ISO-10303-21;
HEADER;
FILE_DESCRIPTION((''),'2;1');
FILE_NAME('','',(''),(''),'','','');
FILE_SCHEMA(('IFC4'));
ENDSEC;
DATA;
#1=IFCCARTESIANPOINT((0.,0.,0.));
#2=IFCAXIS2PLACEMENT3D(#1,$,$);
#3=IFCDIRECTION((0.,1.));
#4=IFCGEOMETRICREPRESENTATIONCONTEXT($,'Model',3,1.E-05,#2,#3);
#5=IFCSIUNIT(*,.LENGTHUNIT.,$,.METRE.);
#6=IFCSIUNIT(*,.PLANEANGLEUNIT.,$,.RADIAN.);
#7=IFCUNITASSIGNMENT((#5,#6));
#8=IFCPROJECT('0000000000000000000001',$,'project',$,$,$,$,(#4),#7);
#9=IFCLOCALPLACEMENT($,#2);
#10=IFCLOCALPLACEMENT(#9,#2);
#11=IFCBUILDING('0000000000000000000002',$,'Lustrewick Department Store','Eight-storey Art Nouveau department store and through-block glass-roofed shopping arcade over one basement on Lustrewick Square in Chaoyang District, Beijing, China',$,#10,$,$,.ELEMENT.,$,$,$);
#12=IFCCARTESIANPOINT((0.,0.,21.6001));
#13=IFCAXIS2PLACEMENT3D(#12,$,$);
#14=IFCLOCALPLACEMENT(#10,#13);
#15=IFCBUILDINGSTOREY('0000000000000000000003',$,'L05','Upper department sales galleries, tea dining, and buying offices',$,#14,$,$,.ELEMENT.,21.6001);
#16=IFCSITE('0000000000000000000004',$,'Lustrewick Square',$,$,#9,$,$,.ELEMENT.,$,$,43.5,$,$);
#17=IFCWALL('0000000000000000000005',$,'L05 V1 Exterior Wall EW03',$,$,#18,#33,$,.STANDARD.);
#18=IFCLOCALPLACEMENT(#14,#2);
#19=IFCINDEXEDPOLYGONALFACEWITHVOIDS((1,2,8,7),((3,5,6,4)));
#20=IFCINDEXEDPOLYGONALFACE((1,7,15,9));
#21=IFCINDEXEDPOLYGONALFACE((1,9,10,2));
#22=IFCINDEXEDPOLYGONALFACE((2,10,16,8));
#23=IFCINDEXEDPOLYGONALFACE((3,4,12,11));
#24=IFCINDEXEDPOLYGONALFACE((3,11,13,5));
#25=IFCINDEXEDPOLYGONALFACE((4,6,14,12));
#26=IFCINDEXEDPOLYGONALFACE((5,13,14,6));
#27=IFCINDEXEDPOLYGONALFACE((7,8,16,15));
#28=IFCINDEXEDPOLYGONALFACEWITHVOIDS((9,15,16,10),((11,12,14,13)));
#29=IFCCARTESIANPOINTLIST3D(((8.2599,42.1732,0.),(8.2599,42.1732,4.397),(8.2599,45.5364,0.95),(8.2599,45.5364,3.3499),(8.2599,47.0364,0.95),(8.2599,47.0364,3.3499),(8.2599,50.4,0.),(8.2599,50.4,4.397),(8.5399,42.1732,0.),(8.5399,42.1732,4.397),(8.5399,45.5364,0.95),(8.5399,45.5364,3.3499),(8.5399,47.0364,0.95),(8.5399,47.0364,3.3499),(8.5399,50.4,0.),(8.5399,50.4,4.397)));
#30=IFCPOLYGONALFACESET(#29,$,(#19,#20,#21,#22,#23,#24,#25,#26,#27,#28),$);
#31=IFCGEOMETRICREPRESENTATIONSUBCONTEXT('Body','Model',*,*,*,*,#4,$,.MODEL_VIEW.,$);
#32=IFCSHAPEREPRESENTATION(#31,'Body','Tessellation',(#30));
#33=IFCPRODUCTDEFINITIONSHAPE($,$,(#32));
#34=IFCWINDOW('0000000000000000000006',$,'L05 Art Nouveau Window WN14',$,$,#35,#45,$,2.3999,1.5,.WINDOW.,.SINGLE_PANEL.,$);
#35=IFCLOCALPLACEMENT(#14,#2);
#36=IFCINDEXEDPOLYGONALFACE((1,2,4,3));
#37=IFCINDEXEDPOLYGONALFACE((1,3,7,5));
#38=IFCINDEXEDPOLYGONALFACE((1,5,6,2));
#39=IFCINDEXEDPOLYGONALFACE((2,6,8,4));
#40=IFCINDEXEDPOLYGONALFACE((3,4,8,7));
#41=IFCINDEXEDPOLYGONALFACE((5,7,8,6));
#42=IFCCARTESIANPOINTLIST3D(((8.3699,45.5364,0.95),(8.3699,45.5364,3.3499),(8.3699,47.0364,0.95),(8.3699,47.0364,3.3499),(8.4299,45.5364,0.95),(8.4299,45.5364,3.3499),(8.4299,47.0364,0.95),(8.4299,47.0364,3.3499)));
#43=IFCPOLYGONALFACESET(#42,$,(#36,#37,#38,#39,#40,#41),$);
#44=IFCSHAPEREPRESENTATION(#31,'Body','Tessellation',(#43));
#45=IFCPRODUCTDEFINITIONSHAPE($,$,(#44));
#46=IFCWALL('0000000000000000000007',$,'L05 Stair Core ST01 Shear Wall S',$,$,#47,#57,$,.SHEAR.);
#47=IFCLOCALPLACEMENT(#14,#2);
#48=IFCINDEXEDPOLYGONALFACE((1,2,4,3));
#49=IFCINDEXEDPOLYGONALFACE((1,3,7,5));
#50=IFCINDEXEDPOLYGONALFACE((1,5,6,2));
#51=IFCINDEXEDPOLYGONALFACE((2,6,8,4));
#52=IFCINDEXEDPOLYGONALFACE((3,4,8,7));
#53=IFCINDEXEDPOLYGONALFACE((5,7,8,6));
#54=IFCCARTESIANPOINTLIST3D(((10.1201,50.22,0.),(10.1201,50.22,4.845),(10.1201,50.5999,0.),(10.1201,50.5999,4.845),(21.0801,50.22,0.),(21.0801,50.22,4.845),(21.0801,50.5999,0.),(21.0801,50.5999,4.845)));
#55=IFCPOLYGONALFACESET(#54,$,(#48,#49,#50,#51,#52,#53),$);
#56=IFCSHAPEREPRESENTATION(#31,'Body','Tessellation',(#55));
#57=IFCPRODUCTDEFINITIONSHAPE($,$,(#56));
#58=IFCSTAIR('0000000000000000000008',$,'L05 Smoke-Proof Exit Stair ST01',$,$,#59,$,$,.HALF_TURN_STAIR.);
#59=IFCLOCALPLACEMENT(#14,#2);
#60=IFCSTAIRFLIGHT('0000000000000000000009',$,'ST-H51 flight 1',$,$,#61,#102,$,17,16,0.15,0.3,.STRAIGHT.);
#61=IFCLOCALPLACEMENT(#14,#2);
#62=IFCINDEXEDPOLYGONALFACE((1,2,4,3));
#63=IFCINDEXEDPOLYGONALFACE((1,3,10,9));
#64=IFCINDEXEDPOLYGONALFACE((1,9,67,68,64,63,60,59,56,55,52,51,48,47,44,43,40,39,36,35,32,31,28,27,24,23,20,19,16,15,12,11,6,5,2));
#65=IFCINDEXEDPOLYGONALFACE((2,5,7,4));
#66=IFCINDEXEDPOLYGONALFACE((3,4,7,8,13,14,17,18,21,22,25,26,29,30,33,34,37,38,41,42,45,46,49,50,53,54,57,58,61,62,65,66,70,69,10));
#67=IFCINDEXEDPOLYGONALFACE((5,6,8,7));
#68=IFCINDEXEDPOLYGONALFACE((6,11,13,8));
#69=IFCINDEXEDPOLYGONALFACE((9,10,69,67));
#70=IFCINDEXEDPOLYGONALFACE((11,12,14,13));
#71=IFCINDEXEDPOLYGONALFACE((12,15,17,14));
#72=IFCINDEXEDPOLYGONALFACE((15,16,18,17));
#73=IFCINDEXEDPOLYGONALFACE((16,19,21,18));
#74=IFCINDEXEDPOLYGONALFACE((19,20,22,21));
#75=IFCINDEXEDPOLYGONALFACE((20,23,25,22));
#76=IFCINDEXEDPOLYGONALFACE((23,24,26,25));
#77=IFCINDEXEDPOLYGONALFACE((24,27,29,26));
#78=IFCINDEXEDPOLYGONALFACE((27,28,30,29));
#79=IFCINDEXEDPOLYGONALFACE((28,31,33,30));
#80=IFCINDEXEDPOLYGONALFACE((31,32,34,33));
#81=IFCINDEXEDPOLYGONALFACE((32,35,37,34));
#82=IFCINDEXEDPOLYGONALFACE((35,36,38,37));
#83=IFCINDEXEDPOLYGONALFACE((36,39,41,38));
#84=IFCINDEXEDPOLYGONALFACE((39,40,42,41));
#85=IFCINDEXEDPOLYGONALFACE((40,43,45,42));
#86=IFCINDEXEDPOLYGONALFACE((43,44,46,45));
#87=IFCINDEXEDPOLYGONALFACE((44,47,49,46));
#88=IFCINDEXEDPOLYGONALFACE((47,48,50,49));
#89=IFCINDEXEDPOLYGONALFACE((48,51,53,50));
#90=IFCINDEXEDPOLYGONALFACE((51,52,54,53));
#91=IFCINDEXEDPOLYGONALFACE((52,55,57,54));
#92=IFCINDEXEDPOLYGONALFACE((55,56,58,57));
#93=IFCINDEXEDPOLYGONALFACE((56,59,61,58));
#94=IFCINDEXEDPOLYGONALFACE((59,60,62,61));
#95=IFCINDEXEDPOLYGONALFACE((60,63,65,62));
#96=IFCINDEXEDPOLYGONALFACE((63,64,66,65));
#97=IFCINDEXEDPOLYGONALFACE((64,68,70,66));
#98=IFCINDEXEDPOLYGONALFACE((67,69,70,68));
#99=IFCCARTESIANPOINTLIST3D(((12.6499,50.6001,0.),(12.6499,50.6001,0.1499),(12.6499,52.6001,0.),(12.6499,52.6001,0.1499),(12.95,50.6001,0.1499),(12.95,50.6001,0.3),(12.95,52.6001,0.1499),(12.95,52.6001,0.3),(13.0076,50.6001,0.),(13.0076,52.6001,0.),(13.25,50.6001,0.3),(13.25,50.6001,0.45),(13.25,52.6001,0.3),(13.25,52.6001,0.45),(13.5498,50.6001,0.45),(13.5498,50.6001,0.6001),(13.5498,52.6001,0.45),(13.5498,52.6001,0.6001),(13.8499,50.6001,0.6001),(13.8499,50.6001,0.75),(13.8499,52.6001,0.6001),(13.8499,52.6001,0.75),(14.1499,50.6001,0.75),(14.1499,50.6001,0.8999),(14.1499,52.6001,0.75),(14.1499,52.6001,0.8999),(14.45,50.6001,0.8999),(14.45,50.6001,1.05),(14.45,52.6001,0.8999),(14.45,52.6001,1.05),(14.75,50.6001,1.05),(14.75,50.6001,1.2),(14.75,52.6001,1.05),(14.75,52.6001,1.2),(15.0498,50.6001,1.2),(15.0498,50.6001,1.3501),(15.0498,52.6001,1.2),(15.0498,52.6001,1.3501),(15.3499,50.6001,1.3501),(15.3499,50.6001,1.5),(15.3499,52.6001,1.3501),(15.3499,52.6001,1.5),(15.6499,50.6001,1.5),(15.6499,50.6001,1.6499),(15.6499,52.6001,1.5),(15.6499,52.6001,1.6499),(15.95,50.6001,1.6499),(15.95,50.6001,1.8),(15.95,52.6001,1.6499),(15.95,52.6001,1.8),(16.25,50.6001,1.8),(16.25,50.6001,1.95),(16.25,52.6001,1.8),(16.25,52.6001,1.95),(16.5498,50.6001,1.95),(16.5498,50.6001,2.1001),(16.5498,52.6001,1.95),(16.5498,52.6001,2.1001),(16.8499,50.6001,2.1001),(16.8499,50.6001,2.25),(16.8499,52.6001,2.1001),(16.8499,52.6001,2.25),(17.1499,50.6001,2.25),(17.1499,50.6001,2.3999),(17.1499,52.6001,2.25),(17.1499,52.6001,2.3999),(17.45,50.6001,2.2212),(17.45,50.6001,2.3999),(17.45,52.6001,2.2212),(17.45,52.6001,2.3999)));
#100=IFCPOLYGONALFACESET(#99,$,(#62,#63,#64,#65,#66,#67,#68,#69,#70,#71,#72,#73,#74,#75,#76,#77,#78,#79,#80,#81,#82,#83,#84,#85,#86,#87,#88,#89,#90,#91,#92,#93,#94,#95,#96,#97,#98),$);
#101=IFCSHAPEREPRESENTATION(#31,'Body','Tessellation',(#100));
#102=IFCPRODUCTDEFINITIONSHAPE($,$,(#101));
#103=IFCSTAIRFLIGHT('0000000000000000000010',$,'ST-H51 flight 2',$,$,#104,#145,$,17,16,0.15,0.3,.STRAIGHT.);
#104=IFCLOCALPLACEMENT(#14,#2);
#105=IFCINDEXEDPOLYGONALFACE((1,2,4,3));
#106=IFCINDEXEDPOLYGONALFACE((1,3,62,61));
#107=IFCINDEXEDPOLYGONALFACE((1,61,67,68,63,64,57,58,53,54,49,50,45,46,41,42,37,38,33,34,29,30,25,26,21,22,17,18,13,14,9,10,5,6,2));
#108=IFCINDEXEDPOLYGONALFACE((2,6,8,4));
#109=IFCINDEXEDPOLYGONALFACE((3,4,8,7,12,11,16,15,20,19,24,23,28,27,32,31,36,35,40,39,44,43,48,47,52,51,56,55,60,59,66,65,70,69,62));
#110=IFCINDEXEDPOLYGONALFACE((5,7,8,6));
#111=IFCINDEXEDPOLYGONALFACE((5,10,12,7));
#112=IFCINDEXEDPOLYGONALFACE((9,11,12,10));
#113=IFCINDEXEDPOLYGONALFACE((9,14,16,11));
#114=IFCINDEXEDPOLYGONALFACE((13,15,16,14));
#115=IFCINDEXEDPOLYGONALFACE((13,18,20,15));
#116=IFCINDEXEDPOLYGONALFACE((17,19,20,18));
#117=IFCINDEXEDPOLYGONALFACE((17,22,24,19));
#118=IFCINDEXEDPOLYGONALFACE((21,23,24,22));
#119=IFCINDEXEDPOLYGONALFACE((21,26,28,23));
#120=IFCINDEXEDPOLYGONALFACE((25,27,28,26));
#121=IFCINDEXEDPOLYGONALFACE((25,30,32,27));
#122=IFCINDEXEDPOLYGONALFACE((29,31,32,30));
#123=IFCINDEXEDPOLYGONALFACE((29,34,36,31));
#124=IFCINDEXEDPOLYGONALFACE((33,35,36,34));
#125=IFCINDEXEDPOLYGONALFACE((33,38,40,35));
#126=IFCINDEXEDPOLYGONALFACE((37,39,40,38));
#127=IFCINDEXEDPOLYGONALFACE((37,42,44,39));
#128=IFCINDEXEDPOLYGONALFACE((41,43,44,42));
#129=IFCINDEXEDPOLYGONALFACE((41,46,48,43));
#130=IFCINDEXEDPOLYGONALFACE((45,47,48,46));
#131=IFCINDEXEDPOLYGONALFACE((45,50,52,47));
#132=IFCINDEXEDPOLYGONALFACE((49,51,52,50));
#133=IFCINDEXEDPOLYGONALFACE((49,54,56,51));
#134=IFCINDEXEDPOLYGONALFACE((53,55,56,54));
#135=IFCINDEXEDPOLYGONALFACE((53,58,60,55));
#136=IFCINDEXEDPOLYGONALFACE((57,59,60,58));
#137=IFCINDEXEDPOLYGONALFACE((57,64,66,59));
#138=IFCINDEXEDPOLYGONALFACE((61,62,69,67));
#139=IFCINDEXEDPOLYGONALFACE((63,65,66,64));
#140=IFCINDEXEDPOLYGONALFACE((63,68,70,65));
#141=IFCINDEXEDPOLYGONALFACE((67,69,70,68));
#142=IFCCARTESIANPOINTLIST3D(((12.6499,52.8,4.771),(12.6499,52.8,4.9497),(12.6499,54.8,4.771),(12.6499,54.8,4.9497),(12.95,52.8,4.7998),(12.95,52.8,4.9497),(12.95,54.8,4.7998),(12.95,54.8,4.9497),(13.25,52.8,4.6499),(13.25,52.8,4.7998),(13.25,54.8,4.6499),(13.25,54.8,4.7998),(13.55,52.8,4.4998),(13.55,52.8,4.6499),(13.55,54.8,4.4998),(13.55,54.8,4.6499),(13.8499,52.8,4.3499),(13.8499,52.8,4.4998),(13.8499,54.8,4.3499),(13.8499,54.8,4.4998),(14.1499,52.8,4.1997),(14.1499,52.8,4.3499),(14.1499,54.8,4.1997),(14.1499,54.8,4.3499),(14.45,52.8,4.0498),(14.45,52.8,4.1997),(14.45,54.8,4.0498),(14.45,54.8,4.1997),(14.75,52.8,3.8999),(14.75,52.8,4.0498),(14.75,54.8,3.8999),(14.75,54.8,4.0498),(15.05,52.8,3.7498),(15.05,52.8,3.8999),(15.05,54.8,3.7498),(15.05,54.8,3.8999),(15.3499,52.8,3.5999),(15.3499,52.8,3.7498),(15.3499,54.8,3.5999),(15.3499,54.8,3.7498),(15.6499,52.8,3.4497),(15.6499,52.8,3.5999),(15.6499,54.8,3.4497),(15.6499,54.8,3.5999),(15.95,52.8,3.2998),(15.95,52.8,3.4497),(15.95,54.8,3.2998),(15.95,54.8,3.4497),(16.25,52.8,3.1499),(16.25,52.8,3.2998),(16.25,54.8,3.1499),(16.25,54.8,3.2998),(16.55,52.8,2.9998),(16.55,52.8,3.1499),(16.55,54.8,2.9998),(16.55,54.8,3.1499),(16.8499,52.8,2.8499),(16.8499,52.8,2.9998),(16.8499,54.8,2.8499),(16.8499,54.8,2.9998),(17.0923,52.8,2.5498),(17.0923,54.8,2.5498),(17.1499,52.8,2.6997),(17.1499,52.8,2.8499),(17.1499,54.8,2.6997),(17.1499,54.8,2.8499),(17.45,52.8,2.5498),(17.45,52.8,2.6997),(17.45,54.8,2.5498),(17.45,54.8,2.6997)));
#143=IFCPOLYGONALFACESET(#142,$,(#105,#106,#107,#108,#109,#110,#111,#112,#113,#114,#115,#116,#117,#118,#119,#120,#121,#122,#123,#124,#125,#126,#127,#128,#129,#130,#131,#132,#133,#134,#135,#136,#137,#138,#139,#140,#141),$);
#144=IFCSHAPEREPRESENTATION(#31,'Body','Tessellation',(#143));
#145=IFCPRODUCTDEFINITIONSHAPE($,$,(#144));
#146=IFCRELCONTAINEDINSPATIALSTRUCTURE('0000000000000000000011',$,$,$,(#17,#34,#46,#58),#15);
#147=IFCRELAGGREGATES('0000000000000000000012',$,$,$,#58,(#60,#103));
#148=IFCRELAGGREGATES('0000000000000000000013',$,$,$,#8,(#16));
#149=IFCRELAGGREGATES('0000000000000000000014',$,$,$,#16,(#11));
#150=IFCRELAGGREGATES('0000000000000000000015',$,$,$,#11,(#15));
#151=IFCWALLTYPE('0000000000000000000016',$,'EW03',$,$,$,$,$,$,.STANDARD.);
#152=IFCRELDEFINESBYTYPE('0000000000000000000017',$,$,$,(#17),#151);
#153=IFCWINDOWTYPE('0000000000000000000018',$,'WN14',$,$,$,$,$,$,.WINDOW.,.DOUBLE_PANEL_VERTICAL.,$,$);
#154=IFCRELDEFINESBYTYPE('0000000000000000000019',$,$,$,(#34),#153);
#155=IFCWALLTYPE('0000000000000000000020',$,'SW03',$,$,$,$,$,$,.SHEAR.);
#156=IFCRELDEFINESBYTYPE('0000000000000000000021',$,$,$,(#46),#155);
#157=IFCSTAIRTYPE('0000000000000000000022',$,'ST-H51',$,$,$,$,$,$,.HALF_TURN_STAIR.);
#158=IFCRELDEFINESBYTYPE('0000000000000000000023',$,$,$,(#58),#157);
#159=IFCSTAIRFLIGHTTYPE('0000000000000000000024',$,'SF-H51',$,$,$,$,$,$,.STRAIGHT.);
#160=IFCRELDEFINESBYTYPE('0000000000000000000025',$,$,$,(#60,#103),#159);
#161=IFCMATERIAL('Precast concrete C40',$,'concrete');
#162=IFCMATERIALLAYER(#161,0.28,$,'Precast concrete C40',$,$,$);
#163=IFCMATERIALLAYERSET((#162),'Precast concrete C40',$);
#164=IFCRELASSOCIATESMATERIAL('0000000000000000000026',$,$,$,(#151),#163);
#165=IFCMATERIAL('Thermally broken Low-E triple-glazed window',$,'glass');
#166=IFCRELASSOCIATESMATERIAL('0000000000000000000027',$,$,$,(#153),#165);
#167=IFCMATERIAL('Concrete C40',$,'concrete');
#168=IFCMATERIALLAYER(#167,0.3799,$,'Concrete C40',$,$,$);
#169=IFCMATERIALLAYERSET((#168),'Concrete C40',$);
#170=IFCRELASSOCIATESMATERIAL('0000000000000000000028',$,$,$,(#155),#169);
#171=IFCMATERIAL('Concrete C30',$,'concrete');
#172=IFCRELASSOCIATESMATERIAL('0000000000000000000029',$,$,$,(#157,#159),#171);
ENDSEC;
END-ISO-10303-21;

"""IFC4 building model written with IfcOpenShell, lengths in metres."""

from ifc_helpers import new_model, si_unit, direction, frame, frame_2d, origin, place, context, subcontext, project, spatial, polyline, rectangle, outline, extrude, material, layer, layer_set, type_object, element, fill, aggregate, save


model = new_model("IFC4")

# Units and contexts
model_context = context("Model", 3, precision=1e-05, world=origin(), true_north=direction((0.0, 1.0)))
body_context = subcontext(model_context, "Body", "Model", "MODEL_VIEW")
ifc_project = project(units=[si_unit("LENGTHUNIT", "METRE"), si_unit("PLANEANGLEUNIT", "RADIAN")], contexts=[model_context])

# Site, building, storey
site_placement = place(None, origin())
site = spatial("IfcSite", under=ifc_project, at=site_placement, Name="Lustrewick Square", CompositionType="ELEMENT", RefElevation=43.5)
building_placement = place(site_placement, origin())
building = spatial("IfcBuilding", under=site, at=building_placement, Name="Lustrewick Department Store", Description="Eight-storey Art Nouveau department store and through-block glass-roofed shopping arcade over one basement on Lustrewick Square in Chaoyang District, Beijing, China", CompositionType="ELEMENT")
storey_placement = place(building_placement, frame((0.0, 0.0, 21.6001)))
storey = spatial("IfcBuildingStorey", under=building, at=storey_placement, Name="L05", Description="Upper department sales galleries, tea dining, and buying offices", CompositionType="ELEMENT", Elevation=21.6001)

# Wall, opening, window
ifc_material_1 = material(Name="Precast concrete C40", Category="concrete")
ifc_layer_1 = layer(ifc_material_1, 0.28, Name="Precast concrete C40")
ifc_layer_set_1 = layer_set([ifc_layer_1], Name="Precast concrete C40")
wall_type_1 = type_object("IfcWallType", Name="EW03", PredefinedType="STANDARD", material=ifc_layer_set_1)
wall_1_placement = place(storey_placement, frame((8.3999, 50.3999, 0.0), z_axis=(0.0, 0.0, 1.0), x_axis=(0.0, -1.0, 0.0)))
wall_1 = element("IfcWall", 1, at=wall_1_placement, inside=storey, type_object=wall_type_1, Name="L05 V1 Exterior Wall EW03", PredefinedType="STANDARD", context=body_context, shape_type="SweptSolid", body=[
    extrude(rectangle(XDim=8.2268, YDim=0.28, at=frame_2d((4.1133, 0.0))), origin(), (0.0, 0.0, 1.0), 4.397),
])
opening_1_placement = place(wall_1_placement, frame((3.3635, 0.0, 0.95)))
opening_1 = element("IfcOpeningElement", 2, at=opening_1_placement, cuts=wall_1, PredefinedType="OPENING", context=body_context, shape_type="SweptSolid", body=[
    extrude(rectangle(XDim=1.5, YDim=2.3999, at=frame_2d((0.75, 1.2))), frame((0.0, 0.1499, 0.0), z_axis=(0.0, -1.0, 0.0), x_axis=(1.0, 0.0, 0.0)), (0.0, 0.0, 1.0), 0.3),
])
ifc_material_2 = material(Name="Thermally broken Low-E triple-glazed window", Category="glass")
window_type = type_object("IfcWindowType", Name="WN14", PartitioningType="DOUBLE_PANEL_VERTICAL", PredefinedType="WINDOW", material=ifc_material_2)
window_placement = place(opening_1_placement, origin())
window = element("IfcWindow", 3, at=window_placement, inside=storey, type_object=window_type, Name="L05 Art Nouveau Window WN14", OverallHeight=2.3999, OverallWidth=1.5, PartitioningType="SINGLE_PANEL", PredefinedType="WINDOW", context=body_context, shape_type="SweptSolid", body=[
    extrude(rectangle(XDim=1.5, YDim=2.3999, at=frame_2d((0.75, 1.2))), frame((0.0, 0.03, 0.0), z_axis=(0.0, -1.0, 0.0), x_axis=(1.0, 0.0, 0.0)), (0.0, 0.0, 1.0), 0.0601),
])
fill(opening_1, window)

# Wall
ifc_material_3 = material(Name="Concrete C40", Category="concrete")
ifc_layer_2 = layer(ifc_material_3, 0.3799, Name="Concrete C40")
ifc_layer_set_2 = layer_set([ifc_layer_2], Name="Concrete C40")
wall_type_2 = type_object("IfcWallType", Name="SW03", PredefinedType="SHEAR", material=ifc_layer_set_2)
wall_2_placement = place(storey_placement, frame((10.1201, 50.4099, 0.0), z_axis=(0.0, 0.0, 1.0), x_axis=(1.0, 0.0, 0.0)))
element("IfcWall", 4, at=wall_2_placement, inside=storey, type_object=wall_type_2, Name="L05 Stair Core ST01 Shear Wall S", PredefinedType="SHEAR", context=body_context, shape_type="SweptSolid", body=[
    extrude(rectangle(XDim=10.96, YDim=0.3799, at=frame_2d((5.48, 0.0))), origin(), (0.0, 0.0, 1.0), 4.845),
])

# Stair, stair flights
ifc_material_4 = material(Name="Concrete C30", Category="concrete")
stair_type = type_object("IfcStairType", Name="ST-H51", PredefinedType="HALF_TURN_STAIR", material=ifc_material_4)
stair_placement = place(storey_placement, origin())
stair = element("IfcStair", 5, at=stair_placement, inside=storey, type_object=stair_type, Name="L05 Smoke-Proof Exit Stair ST01", PredefinedType="HALF_TURN_STAIR")
stair_flight_type = type_object("IfcStairFlightType", Name="SF-H51", PredefinedType="STRAIGHT", material=ifc_material_4)
stair_flight_1_placement = place(storey_placement, frame((12.6499, 51.6001, 0.0), z_axis=(0.0, 0.0, 1.0), x_axis=(1.0, 0.0, 0.0)))
stair_flight_1 = element("IfcStairFlight", 6, at=stair_flight_1_placement, type_object=stair_flight_type, Name="ST-H51 flight 1", NumberOfRisers=17, NumberOfTreads=16, PredefinedType="STRAIGHT", RiserHeight=0.15, TreadLength=0.3, context=body_context, shape_type="SweptSolid", body=[
    extrude(outline(polyline([(0.0, 0.0), (0.0, 0.1499), (0.3, 0.1499), (0.3, 0.3), (0.6001, 0.3), (0.6001, 0.45), (0.8999, 0.45), (0.8999, 0.6001), (1.2, 0.6001), (1.2, 0.75), (1.5, 0.75), (1.5, 0.8999), (1.8, 0.8999), (1.8, 1.05), (2.1001, 1.05), (2.1001, 1.2), (2.3999, 1.2), (2.3999, 1.3501), (2.7, 1.3501), (2.7, 1.5), (3.0, 1.5), (3.0, 1.6499), (3.3, 1.6499), (3.3, 1.8), (3.6001, 1.8), (3.6001, 1.95), (3.8999, 1.95), (3.8999, 2.1001), (4.2, 2.1001), (4.2, 2.25), (4.5, 2.25), (4.5, 2.3999), (4.8, 2.3999), (4.8, 2.55), (4.8, 2.2212), (0.3577, 0.0), (0.0, 0.0)])), frame((0.0, 1.0, 0.0), z_axis=(0.0, -1.0, 0.0), x_axis=(1.0, 0.0, 0.0)), (0.0, 0.0, 1.0), 2.0),
])
stair_flight_2_placement = place(storey_placement, frame((17.45, 53.8, 2.5498), z_axis=(0.0, 0.0, 1.0), x_axis=(-1.0, 0.0, 0.0)))
stair_flight_2 = element("IfcStairFlight", 7, at=stair_flight_2_placement, type_object=stair_flight_type, Name="ST-H51 flight 2", NumberOfRisers=17, NumberOfTreads=16, PredefinedType="STRAIGHT", RiserHeight=0.15, TreadLength=0.3, context=body_context, shape_type="SweptSolid", body=[
    extrude(outline(polyline([(0.0, 0.0), (0.0, 0.1499), (0.3, 0.1499), (0.3, 0.3), (0.6001, 0.3), (0.6001, 0.45), (0.8999, 0.45), (0.8999, 0.6001), (1.2, 0.6001), (1.2, 0.75), (1.5, 0.75), (1.5, 0.8999), (1.8, 0.8999), (1.8, 1.05), (2.1001, 1.05), (2.1001, 1.2), (2.3999, 1.2), (2.3999, 1.3501), (2.7, 1.3501), (2.7, 1.5), (3.0, 1.5), (3.0, 1.6499), (3.3, 1.6499), (3.3, 1.8), (3.6001, 1.8), (3.6001, 1.95), (3.8999, 1.95), (3.8999, 2.1001), (4.2, 2.1001), (4.2, 2.25), (4.5, 2.25), (4.5, 2.3999), (4.8, 2.3999), (4.8, 2.55), (4.8, 2.2212), (0.3577, 0.0), (0.0, 0.0)])), frame((0.0, 1.0, 0.0), z_axis=(0.0, -1.0, 0.0), x_axis=(1.0, 0.0, 0.0)), (0.0, 0.0, 1.0), 2.0),
])
aggregate(stair, [stair_flight_1, stair_flight_2])

save(model, "model.ifc")
